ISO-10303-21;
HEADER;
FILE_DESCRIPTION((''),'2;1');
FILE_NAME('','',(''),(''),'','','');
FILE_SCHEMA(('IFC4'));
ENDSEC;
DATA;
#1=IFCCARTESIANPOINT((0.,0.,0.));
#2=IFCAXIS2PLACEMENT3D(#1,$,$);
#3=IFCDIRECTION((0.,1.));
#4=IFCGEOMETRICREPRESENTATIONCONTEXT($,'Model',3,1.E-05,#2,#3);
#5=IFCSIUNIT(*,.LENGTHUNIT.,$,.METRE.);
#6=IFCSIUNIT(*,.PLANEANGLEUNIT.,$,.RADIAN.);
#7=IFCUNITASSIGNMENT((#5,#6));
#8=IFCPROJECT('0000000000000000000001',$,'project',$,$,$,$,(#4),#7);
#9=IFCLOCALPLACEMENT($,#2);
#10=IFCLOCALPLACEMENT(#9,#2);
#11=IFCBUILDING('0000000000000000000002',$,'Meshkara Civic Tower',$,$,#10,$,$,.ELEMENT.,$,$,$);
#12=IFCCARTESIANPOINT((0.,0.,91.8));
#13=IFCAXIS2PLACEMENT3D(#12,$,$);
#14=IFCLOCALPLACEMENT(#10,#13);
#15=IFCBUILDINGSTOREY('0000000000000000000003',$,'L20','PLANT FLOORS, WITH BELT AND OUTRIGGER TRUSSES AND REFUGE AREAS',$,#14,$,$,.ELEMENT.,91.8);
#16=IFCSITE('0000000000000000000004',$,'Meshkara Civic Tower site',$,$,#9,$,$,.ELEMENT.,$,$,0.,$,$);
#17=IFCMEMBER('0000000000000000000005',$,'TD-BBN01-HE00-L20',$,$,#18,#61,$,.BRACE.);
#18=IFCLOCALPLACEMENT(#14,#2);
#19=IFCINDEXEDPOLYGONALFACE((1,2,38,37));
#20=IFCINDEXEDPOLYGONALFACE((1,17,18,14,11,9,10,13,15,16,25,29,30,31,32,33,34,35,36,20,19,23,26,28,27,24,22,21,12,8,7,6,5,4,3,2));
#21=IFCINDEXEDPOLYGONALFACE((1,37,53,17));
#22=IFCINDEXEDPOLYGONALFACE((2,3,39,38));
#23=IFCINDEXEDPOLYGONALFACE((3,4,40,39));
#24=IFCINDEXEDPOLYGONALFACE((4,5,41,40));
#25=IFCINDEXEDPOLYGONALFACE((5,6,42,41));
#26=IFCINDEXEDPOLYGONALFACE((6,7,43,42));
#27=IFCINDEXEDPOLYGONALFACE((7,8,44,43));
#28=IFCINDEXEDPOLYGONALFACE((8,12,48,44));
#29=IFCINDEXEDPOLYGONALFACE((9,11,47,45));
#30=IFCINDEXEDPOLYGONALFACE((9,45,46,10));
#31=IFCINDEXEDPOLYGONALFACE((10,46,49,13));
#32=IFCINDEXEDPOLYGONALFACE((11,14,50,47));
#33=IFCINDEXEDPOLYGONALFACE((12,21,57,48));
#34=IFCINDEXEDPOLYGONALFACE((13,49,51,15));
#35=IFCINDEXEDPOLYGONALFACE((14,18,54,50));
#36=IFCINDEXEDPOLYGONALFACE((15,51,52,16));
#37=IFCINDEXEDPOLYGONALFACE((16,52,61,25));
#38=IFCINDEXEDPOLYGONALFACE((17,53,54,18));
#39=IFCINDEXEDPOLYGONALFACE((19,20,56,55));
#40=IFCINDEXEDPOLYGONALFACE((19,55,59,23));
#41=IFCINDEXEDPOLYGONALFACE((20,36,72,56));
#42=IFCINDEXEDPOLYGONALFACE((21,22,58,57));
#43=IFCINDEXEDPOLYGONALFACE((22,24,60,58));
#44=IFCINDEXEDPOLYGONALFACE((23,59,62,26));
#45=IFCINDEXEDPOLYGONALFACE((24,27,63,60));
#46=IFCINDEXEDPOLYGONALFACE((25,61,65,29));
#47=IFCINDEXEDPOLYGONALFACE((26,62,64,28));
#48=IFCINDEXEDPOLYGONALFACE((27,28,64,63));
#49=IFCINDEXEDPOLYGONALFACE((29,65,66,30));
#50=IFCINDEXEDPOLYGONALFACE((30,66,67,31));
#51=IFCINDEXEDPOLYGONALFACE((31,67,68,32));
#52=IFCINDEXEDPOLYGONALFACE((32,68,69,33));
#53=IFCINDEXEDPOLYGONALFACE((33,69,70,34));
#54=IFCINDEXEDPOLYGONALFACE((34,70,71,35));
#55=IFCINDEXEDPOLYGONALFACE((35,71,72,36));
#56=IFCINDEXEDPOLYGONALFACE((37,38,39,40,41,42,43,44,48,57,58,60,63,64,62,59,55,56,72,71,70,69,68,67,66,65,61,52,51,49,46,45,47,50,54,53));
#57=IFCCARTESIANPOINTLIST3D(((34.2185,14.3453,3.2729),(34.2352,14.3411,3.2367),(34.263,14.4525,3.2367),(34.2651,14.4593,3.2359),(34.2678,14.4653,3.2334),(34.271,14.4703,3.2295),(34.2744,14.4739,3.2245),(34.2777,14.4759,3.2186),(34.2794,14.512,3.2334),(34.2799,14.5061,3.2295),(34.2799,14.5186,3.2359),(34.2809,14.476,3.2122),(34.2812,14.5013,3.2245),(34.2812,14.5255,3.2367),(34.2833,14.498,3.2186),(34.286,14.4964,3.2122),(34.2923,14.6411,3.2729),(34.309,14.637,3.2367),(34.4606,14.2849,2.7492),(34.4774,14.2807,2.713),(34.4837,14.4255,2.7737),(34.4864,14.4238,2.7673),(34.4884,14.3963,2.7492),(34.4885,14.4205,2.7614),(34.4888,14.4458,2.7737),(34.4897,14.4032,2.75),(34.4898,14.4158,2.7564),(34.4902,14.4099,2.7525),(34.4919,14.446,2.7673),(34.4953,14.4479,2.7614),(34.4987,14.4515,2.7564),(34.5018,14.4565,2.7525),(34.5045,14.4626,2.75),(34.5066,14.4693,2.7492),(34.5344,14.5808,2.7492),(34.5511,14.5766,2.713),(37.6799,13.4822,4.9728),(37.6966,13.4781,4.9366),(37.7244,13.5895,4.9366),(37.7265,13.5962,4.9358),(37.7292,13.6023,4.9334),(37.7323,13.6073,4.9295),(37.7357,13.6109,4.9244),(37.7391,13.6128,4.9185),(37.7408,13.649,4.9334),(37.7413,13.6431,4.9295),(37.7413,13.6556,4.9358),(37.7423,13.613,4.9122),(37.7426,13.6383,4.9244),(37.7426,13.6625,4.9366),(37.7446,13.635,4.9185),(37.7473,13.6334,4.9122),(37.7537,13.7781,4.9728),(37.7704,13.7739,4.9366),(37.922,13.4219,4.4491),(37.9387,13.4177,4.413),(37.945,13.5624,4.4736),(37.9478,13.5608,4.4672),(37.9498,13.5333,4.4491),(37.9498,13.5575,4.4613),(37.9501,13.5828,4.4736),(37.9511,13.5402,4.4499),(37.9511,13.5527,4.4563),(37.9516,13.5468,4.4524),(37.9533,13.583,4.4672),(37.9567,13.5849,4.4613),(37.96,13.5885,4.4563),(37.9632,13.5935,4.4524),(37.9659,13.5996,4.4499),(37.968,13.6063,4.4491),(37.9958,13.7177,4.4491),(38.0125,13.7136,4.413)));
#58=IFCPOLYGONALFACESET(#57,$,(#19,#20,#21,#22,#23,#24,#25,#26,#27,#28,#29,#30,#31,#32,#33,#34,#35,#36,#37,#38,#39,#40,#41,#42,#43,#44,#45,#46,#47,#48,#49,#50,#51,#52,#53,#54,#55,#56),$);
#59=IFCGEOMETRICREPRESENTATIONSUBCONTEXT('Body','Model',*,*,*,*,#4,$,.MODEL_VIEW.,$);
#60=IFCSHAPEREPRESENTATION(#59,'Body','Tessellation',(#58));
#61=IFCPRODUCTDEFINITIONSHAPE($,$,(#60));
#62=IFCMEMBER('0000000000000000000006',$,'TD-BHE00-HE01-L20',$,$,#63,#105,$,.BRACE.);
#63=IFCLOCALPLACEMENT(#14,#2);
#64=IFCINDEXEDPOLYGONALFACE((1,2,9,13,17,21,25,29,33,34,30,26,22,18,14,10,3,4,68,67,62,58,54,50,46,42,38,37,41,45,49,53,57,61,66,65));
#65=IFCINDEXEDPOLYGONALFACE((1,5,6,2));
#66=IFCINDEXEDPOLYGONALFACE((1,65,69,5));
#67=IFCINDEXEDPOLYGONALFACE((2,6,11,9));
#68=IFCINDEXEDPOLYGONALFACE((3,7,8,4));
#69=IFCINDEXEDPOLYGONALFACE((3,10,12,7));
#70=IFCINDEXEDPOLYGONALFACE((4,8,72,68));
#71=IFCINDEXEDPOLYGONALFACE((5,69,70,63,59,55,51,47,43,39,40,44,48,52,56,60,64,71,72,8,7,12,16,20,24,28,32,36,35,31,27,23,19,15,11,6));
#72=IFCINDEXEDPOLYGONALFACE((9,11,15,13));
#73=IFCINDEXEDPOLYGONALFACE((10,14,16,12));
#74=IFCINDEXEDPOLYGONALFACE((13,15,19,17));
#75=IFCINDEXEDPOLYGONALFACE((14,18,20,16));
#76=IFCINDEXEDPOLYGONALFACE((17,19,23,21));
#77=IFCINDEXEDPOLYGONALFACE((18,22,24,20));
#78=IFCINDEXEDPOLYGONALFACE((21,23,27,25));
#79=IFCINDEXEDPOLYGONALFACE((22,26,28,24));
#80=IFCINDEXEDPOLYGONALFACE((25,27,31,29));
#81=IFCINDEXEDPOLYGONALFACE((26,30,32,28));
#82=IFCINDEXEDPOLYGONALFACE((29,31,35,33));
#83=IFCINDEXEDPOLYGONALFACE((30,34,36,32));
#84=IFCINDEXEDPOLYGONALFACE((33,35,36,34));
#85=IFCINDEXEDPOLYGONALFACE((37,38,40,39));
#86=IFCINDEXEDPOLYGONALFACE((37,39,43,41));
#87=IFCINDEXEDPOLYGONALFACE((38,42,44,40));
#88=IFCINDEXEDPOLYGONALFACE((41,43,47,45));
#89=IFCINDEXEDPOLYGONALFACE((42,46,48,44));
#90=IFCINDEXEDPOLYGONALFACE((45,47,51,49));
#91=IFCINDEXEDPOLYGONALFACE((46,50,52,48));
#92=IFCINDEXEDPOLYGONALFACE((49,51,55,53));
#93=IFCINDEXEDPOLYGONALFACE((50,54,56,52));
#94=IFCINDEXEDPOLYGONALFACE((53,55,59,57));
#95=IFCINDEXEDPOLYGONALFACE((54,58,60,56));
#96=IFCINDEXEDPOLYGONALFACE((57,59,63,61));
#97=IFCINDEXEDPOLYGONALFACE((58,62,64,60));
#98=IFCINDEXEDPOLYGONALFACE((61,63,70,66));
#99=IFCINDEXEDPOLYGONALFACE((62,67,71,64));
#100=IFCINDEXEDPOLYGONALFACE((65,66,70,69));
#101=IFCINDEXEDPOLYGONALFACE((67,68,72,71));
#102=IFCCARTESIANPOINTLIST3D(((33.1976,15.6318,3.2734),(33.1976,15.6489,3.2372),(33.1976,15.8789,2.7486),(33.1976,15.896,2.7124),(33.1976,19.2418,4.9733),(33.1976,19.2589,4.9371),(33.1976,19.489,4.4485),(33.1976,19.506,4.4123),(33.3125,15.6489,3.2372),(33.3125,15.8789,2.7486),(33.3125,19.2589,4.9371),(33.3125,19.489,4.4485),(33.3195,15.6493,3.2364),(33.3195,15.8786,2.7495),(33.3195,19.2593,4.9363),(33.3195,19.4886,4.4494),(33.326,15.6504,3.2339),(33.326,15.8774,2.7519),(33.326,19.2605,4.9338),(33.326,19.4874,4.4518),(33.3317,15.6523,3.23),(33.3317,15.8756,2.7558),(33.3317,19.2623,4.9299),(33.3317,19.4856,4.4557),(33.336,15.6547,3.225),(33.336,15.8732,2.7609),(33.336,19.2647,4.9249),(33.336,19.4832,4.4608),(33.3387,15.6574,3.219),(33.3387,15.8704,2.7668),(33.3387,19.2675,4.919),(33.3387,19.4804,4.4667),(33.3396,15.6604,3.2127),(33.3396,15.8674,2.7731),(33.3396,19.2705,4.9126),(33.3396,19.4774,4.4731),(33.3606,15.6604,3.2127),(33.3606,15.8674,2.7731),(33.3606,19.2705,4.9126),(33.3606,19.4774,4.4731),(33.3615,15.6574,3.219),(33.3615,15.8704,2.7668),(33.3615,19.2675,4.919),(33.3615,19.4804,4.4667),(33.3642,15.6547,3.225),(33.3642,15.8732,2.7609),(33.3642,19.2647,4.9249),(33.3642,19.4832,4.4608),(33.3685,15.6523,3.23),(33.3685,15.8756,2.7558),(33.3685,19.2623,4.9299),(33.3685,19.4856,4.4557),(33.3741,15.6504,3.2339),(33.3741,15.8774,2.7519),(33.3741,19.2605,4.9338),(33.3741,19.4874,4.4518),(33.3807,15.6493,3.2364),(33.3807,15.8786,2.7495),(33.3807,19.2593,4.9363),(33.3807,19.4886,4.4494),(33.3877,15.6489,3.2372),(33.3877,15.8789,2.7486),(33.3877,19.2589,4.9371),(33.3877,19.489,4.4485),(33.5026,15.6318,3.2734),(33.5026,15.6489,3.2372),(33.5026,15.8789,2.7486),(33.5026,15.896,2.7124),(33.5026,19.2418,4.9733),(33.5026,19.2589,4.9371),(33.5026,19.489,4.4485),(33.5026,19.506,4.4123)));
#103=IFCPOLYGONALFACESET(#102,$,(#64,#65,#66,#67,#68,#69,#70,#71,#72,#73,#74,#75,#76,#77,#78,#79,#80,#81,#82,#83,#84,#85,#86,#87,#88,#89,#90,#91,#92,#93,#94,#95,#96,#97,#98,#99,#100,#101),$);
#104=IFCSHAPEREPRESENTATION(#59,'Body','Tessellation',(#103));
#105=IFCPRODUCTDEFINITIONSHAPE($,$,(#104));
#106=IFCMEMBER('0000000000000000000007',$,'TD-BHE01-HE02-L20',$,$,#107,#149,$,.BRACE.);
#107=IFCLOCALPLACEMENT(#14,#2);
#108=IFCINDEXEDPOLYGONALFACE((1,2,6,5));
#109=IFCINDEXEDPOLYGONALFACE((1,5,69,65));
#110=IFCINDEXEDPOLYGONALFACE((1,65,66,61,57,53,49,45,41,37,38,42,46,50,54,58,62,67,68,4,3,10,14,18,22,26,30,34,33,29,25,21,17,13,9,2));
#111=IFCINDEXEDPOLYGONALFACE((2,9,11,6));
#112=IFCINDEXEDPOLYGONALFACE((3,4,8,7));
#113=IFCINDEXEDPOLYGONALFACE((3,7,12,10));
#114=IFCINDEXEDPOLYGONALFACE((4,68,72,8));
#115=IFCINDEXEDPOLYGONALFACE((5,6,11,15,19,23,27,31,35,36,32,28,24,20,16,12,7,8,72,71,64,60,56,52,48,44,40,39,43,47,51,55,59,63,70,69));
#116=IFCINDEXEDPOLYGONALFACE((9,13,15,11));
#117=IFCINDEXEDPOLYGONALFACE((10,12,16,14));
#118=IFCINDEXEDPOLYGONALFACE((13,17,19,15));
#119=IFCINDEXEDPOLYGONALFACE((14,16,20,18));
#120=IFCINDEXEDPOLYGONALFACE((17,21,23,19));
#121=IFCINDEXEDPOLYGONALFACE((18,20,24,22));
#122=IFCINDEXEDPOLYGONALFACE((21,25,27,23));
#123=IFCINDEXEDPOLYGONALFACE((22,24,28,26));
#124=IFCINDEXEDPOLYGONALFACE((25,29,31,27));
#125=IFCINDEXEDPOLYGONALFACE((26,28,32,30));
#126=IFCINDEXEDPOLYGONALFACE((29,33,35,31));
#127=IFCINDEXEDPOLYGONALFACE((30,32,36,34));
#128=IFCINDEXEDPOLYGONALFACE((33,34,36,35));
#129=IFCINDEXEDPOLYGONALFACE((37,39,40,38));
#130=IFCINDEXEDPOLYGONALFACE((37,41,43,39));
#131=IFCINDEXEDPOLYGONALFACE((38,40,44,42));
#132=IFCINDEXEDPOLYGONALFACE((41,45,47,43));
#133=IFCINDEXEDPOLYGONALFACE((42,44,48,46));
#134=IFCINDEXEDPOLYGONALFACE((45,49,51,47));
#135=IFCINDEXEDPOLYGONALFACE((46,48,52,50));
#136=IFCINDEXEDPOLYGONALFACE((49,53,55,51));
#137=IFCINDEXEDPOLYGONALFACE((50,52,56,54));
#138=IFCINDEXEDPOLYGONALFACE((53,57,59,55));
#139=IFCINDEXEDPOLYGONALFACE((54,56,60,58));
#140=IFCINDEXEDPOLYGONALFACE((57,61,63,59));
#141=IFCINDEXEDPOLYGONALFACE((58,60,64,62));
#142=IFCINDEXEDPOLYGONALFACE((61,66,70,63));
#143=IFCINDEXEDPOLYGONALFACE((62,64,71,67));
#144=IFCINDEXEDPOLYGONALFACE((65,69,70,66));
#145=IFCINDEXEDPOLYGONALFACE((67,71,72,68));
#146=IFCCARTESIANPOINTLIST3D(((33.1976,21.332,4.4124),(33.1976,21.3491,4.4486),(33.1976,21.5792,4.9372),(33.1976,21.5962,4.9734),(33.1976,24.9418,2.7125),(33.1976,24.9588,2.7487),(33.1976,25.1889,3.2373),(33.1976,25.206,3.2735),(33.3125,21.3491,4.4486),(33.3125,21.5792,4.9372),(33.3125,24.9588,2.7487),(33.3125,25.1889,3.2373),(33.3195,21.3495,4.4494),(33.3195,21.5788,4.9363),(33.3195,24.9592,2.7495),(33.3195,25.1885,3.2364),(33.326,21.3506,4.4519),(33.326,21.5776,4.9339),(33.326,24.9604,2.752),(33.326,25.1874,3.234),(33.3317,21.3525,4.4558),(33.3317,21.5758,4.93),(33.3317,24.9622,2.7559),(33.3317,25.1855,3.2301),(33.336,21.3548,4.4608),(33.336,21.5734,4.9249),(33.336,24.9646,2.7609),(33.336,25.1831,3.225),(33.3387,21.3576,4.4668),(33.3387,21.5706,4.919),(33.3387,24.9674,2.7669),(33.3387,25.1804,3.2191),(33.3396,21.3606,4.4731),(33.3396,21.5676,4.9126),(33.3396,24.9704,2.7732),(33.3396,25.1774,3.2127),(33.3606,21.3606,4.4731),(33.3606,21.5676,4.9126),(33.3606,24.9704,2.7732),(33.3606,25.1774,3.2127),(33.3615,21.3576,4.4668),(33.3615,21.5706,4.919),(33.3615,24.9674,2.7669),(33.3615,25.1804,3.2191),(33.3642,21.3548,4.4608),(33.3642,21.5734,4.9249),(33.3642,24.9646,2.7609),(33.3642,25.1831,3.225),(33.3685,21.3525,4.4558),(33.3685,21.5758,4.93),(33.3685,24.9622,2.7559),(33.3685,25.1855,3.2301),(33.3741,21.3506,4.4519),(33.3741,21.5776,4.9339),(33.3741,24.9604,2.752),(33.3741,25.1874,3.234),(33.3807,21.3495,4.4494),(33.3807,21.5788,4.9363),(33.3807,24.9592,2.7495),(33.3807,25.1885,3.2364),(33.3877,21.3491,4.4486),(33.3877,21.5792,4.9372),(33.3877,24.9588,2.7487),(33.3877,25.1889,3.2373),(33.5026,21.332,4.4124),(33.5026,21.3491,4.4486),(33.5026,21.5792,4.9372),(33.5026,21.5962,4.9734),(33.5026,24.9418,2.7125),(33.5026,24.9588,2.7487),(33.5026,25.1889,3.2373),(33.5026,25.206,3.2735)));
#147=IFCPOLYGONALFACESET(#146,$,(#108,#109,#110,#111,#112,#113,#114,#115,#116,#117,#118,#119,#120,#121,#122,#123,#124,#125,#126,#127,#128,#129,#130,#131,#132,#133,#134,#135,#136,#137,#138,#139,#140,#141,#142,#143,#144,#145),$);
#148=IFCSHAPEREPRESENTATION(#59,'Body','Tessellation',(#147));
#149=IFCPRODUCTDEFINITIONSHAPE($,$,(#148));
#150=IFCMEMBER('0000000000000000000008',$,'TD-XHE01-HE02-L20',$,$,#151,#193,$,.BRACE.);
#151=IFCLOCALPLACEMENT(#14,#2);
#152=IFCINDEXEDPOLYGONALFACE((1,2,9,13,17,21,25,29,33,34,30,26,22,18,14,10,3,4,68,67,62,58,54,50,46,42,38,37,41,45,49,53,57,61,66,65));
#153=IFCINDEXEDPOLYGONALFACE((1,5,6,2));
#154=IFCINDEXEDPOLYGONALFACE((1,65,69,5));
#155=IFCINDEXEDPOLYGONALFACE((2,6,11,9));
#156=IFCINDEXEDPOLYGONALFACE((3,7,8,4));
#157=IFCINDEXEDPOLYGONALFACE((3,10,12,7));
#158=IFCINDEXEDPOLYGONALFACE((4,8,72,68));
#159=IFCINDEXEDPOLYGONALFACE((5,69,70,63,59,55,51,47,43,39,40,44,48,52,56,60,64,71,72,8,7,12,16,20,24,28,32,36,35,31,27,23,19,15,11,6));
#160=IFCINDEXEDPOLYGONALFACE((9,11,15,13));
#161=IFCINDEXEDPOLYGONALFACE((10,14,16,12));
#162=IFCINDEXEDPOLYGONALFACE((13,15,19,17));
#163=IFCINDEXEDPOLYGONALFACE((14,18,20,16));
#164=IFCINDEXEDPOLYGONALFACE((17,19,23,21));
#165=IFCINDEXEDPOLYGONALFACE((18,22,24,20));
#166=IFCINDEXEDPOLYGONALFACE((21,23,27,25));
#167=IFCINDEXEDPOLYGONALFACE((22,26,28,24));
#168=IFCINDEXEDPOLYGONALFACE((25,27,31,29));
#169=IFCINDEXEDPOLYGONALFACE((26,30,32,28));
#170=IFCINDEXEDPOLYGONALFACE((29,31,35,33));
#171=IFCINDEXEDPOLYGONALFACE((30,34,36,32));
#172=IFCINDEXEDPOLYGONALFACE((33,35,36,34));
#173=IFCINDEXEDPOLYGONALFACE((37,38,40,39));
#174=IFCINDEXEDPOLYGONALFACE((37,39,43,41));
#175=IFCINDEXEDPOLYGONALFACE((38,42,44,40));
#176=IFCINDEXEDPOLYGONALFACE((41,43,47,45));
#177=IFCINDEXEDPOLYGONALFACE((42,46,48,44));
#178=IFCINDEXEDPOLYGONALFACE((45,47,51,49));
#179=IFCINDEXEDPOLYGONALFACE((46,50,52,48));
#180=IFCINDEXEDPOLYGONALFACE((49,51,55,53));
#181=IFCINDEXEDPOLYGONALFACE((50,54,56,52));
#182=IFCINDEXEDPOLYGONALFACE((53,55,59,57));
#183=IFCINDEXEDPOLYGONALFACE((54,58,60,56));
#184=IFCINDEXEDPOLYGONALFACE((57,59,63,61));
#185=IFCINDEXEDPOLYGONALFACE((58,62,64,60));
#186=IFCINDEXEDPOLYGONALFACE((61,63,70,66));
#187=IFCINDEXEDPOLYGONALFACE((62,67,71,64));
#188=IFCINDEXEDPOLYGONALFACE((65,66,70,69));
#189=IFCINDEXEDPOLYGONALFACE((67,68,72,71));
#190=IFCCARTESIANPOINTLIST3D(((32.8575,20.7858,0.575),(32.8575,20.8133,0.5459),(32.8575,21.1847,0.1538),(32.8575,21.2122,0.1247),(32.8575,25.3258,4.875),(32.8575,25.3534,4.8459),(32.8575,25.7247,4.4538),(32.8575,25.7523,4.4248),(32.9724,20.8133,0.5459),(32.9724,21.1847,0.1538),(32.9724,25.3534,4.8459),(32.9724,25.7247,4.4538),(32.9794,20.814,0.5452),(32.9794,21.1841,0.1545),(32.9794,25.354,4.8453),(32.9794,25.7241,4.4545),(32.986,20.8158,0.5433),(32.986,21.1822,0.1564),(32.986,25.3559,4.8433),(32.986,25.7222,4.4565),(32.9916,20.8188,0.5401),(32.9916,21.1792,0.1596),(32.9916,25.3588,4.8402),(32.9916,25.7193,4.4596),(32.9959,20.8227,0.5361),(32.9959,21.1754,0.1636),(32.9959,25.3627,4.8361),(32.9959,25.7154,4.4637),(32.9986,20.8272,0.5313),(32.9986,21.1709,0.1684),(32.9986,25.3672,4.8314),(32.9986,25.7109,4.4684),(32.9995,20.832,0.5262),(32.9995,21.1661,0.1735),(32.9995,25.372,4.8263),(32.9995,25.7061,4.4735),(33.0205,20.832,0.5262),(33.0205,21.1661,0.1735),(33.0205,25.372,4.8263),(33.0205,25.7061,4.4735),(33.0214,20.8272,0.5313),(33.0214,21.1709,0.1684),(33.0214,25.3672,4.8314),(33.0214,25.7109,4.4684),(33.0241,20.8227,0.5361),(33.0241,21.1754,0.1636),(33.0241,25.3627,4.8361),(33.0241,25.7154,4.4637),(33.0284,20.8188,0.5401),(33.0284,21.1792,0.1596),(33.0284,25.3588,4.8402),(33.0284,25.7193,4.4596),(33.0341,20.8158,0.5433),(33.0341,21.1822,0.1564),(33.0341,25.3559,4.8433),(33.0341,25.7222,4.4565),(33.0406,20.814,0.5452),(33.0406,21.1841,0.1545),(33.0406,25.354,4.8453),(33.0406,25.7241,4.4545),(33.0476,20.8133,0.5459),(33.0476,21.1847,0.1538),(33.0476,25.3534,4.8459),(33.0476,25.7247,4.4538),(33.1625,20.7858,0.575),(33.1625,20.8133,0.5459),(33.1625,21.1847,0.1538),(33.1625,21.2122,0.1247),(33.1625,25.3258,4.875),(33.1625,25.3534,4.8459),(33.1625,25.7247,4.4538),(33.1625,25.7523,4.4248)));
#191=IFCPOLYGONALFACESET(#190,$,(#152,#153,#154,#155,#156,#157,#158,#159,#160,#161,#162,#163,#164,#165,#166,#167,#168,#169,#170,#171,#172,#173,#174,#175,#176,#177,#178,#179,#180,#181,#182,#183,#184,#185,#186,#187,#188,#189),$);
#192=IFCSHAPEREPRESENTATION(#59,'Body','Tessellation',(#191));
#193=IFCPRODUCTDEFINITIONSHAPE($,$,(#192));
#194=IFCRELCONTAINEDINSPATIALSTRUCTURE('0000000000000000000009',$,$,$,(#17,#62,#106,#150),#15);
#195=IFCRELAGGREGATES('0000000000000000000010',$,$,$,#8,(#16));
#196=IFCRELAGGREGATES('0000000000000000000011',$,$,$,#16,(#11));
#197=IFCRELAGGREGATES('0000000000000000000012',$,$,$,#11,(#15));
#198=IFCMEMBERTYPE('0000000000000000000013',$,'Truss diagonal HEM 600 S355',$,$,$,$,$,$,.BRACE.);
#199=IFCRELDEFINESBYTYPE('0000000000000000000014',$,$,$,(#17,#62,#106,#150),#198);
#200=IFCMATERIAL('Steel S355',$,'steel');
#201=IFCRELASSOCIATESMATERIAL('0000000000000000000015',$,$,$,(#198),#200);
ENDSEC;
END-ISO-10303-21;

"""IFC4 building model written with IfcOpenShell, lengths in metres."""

from ifc_helpers import new_model, si_unit, direction, frame, origin, origin_2d, place, context, subcontext, project, spatial, i_section, extrude, material, material_profile, profile_set, type_object, element, save


model = new_model("IFC4")

# Units and contexts
model_context = context("Model", 3, precision=1e-05, world=origin(), true_north=direction((0.0, 1.0)))
body_context = subcontext(model_context, "Body", "Model", "MODEL_VIEW")
ifc_project = project(units=[si_unit("LENGTHUNIT", "METRE"), si_unit("PLANEANGLEUNIT", "RADIAN")], contexts=[model_context])

# Site, building, storey
site_placement = place(None, origin())
site = spatial("IfcSite", under=ifc_project, at=site_placement, Name="Meshkara Civic Tower site", CompositionType="ELEMENT", RefElevation=0.0)
building_placement = place(site_placement, origin())
building = spatial("IfcBuilding", under=site, at=building_placement, Name="Meshkara Civic Tower", CompositionType="ELEMENT")
storey_placement = place(building_placement, frame((0.0, 0.0, 91.8)))
storey = spatial("IfcBuildingStorey", under=building, at=storey_placement, Name="L20", Description="PLANT FLOORS, WITH BELT AND OUTRIGGER TRUSSES AND REFUGE AREAS", CompositionType="ELEMENT", Elevation=91.8)

# Members
ifc_material_1 = material(Name="Steel S355", Category="steel")
ifc_material_profile_1 = material_profile(ifc_material_1, i_section(OverallWidth=0.3049, OverallDepth=0.6201, WebThickness=0.021, FlangeThickness=0.04, FilletRadius=0.0271, at=origin_2d()))
ifc_profile_set_1 = profile_set([ifc_material_profile_1], Name="Steel S355")
member_type = type_object("IfcMemberType", Name="Truss diagonal HEM 600 S355", PredefinedType="BRACE", material=ifc_profile_set_1)
member_1_placement = place(storey_placement, frame((37.8462, 13.5979, 4.6929), z_axis=(-0.875928, 0.218395, -0.430179), x_axis=(-0.241924, -0.970295, 0.0)))
element("IfcMember", 1, at=member_1_placement, inside=storey, type_object=member_type, Name="TD-BBN01-HE00-L20", PredefinedType="BRACE", context=body_context, shape_type="SweptSolid", body=[
    extrude(i_section(OverallWidth=0.3049, OverallDepth=0.6201, WebThickness=0.021, FlangeThickness=0.04, FilletRadius=0.0271, at=origin_2d()), origin(), (0.0, 0.0, 1.0), 3.9517),
])
member_2_placement = place(storey_placement, frame((33.3501, 15.7639, 2.9929), z_axis=(0.0, 0.904715, 0.426018), x_axis=(-1.0, 0.0, 0.0)))
element("IfcMember", 2, at=member_2_placement, inside=storey, type_object=member_type, Name="TD-BHE00-HE01-L20", PredefinedType="BRACE", context=body_context, shape_type="SweptSolid", body=[
    extrude(i_section(OverallWidth=0.3049, OverallDepth=0.6201, WebThickness=0.021, FlangeThickness=0.04, FilletRadius=0.0271, at=origin_2d()), origin(), (0.0, 0.0, 1.0), 3.9902),
])
member_3_placement = place(storey_placement, frame((33.3501, 21.4641, 4.6929), z_axis=(0.0, 0.904704, -0.426042), x_axis=(-1.0, 0.0, 0.0)))
element("IfcMember", 3, at=member_3_placement, inside=storey, type_object=member_type, Name="TD-BHE01-HE02-L20", PredefinedType="BRACE", context=body_context, shape_type="SweptSolid", body=[
    extrude(i_section(OverallWidth=0.3049, OverallDepth=0.6201, WebThickness=0.021, FlangeThickness=0.04, FilletRadius=0.0271, at=origin_2d()), origin(), (0.0, 0.0, 1.0), 3.99),
])
member_4_placement = place(storey_placement, frame((33.01, 20.999, 0.3499), z_axis=(0.0, 0.726036, 0.687657), x_axis=(-1.0, 0.0, 0.0)))
element("IfcMember", 4, at=member_4_placement, inside=storey, type_object=member_type, Name="TD-XHE01-HE02-L20", PredefinedType="BRACE", context=body_context, shape_type="SweptSolid", body=[
    extrude(i_section(OverallWidth=0.3049, OverallDepth=0.6201, WebThickness=0.021, FlangeThickness=0.04, FilletRadius=0.0271, at=origin_2d()), origin(), (0.0, 0.0, 1.0), 6.2532),
])

save(model, "model.ifc")
